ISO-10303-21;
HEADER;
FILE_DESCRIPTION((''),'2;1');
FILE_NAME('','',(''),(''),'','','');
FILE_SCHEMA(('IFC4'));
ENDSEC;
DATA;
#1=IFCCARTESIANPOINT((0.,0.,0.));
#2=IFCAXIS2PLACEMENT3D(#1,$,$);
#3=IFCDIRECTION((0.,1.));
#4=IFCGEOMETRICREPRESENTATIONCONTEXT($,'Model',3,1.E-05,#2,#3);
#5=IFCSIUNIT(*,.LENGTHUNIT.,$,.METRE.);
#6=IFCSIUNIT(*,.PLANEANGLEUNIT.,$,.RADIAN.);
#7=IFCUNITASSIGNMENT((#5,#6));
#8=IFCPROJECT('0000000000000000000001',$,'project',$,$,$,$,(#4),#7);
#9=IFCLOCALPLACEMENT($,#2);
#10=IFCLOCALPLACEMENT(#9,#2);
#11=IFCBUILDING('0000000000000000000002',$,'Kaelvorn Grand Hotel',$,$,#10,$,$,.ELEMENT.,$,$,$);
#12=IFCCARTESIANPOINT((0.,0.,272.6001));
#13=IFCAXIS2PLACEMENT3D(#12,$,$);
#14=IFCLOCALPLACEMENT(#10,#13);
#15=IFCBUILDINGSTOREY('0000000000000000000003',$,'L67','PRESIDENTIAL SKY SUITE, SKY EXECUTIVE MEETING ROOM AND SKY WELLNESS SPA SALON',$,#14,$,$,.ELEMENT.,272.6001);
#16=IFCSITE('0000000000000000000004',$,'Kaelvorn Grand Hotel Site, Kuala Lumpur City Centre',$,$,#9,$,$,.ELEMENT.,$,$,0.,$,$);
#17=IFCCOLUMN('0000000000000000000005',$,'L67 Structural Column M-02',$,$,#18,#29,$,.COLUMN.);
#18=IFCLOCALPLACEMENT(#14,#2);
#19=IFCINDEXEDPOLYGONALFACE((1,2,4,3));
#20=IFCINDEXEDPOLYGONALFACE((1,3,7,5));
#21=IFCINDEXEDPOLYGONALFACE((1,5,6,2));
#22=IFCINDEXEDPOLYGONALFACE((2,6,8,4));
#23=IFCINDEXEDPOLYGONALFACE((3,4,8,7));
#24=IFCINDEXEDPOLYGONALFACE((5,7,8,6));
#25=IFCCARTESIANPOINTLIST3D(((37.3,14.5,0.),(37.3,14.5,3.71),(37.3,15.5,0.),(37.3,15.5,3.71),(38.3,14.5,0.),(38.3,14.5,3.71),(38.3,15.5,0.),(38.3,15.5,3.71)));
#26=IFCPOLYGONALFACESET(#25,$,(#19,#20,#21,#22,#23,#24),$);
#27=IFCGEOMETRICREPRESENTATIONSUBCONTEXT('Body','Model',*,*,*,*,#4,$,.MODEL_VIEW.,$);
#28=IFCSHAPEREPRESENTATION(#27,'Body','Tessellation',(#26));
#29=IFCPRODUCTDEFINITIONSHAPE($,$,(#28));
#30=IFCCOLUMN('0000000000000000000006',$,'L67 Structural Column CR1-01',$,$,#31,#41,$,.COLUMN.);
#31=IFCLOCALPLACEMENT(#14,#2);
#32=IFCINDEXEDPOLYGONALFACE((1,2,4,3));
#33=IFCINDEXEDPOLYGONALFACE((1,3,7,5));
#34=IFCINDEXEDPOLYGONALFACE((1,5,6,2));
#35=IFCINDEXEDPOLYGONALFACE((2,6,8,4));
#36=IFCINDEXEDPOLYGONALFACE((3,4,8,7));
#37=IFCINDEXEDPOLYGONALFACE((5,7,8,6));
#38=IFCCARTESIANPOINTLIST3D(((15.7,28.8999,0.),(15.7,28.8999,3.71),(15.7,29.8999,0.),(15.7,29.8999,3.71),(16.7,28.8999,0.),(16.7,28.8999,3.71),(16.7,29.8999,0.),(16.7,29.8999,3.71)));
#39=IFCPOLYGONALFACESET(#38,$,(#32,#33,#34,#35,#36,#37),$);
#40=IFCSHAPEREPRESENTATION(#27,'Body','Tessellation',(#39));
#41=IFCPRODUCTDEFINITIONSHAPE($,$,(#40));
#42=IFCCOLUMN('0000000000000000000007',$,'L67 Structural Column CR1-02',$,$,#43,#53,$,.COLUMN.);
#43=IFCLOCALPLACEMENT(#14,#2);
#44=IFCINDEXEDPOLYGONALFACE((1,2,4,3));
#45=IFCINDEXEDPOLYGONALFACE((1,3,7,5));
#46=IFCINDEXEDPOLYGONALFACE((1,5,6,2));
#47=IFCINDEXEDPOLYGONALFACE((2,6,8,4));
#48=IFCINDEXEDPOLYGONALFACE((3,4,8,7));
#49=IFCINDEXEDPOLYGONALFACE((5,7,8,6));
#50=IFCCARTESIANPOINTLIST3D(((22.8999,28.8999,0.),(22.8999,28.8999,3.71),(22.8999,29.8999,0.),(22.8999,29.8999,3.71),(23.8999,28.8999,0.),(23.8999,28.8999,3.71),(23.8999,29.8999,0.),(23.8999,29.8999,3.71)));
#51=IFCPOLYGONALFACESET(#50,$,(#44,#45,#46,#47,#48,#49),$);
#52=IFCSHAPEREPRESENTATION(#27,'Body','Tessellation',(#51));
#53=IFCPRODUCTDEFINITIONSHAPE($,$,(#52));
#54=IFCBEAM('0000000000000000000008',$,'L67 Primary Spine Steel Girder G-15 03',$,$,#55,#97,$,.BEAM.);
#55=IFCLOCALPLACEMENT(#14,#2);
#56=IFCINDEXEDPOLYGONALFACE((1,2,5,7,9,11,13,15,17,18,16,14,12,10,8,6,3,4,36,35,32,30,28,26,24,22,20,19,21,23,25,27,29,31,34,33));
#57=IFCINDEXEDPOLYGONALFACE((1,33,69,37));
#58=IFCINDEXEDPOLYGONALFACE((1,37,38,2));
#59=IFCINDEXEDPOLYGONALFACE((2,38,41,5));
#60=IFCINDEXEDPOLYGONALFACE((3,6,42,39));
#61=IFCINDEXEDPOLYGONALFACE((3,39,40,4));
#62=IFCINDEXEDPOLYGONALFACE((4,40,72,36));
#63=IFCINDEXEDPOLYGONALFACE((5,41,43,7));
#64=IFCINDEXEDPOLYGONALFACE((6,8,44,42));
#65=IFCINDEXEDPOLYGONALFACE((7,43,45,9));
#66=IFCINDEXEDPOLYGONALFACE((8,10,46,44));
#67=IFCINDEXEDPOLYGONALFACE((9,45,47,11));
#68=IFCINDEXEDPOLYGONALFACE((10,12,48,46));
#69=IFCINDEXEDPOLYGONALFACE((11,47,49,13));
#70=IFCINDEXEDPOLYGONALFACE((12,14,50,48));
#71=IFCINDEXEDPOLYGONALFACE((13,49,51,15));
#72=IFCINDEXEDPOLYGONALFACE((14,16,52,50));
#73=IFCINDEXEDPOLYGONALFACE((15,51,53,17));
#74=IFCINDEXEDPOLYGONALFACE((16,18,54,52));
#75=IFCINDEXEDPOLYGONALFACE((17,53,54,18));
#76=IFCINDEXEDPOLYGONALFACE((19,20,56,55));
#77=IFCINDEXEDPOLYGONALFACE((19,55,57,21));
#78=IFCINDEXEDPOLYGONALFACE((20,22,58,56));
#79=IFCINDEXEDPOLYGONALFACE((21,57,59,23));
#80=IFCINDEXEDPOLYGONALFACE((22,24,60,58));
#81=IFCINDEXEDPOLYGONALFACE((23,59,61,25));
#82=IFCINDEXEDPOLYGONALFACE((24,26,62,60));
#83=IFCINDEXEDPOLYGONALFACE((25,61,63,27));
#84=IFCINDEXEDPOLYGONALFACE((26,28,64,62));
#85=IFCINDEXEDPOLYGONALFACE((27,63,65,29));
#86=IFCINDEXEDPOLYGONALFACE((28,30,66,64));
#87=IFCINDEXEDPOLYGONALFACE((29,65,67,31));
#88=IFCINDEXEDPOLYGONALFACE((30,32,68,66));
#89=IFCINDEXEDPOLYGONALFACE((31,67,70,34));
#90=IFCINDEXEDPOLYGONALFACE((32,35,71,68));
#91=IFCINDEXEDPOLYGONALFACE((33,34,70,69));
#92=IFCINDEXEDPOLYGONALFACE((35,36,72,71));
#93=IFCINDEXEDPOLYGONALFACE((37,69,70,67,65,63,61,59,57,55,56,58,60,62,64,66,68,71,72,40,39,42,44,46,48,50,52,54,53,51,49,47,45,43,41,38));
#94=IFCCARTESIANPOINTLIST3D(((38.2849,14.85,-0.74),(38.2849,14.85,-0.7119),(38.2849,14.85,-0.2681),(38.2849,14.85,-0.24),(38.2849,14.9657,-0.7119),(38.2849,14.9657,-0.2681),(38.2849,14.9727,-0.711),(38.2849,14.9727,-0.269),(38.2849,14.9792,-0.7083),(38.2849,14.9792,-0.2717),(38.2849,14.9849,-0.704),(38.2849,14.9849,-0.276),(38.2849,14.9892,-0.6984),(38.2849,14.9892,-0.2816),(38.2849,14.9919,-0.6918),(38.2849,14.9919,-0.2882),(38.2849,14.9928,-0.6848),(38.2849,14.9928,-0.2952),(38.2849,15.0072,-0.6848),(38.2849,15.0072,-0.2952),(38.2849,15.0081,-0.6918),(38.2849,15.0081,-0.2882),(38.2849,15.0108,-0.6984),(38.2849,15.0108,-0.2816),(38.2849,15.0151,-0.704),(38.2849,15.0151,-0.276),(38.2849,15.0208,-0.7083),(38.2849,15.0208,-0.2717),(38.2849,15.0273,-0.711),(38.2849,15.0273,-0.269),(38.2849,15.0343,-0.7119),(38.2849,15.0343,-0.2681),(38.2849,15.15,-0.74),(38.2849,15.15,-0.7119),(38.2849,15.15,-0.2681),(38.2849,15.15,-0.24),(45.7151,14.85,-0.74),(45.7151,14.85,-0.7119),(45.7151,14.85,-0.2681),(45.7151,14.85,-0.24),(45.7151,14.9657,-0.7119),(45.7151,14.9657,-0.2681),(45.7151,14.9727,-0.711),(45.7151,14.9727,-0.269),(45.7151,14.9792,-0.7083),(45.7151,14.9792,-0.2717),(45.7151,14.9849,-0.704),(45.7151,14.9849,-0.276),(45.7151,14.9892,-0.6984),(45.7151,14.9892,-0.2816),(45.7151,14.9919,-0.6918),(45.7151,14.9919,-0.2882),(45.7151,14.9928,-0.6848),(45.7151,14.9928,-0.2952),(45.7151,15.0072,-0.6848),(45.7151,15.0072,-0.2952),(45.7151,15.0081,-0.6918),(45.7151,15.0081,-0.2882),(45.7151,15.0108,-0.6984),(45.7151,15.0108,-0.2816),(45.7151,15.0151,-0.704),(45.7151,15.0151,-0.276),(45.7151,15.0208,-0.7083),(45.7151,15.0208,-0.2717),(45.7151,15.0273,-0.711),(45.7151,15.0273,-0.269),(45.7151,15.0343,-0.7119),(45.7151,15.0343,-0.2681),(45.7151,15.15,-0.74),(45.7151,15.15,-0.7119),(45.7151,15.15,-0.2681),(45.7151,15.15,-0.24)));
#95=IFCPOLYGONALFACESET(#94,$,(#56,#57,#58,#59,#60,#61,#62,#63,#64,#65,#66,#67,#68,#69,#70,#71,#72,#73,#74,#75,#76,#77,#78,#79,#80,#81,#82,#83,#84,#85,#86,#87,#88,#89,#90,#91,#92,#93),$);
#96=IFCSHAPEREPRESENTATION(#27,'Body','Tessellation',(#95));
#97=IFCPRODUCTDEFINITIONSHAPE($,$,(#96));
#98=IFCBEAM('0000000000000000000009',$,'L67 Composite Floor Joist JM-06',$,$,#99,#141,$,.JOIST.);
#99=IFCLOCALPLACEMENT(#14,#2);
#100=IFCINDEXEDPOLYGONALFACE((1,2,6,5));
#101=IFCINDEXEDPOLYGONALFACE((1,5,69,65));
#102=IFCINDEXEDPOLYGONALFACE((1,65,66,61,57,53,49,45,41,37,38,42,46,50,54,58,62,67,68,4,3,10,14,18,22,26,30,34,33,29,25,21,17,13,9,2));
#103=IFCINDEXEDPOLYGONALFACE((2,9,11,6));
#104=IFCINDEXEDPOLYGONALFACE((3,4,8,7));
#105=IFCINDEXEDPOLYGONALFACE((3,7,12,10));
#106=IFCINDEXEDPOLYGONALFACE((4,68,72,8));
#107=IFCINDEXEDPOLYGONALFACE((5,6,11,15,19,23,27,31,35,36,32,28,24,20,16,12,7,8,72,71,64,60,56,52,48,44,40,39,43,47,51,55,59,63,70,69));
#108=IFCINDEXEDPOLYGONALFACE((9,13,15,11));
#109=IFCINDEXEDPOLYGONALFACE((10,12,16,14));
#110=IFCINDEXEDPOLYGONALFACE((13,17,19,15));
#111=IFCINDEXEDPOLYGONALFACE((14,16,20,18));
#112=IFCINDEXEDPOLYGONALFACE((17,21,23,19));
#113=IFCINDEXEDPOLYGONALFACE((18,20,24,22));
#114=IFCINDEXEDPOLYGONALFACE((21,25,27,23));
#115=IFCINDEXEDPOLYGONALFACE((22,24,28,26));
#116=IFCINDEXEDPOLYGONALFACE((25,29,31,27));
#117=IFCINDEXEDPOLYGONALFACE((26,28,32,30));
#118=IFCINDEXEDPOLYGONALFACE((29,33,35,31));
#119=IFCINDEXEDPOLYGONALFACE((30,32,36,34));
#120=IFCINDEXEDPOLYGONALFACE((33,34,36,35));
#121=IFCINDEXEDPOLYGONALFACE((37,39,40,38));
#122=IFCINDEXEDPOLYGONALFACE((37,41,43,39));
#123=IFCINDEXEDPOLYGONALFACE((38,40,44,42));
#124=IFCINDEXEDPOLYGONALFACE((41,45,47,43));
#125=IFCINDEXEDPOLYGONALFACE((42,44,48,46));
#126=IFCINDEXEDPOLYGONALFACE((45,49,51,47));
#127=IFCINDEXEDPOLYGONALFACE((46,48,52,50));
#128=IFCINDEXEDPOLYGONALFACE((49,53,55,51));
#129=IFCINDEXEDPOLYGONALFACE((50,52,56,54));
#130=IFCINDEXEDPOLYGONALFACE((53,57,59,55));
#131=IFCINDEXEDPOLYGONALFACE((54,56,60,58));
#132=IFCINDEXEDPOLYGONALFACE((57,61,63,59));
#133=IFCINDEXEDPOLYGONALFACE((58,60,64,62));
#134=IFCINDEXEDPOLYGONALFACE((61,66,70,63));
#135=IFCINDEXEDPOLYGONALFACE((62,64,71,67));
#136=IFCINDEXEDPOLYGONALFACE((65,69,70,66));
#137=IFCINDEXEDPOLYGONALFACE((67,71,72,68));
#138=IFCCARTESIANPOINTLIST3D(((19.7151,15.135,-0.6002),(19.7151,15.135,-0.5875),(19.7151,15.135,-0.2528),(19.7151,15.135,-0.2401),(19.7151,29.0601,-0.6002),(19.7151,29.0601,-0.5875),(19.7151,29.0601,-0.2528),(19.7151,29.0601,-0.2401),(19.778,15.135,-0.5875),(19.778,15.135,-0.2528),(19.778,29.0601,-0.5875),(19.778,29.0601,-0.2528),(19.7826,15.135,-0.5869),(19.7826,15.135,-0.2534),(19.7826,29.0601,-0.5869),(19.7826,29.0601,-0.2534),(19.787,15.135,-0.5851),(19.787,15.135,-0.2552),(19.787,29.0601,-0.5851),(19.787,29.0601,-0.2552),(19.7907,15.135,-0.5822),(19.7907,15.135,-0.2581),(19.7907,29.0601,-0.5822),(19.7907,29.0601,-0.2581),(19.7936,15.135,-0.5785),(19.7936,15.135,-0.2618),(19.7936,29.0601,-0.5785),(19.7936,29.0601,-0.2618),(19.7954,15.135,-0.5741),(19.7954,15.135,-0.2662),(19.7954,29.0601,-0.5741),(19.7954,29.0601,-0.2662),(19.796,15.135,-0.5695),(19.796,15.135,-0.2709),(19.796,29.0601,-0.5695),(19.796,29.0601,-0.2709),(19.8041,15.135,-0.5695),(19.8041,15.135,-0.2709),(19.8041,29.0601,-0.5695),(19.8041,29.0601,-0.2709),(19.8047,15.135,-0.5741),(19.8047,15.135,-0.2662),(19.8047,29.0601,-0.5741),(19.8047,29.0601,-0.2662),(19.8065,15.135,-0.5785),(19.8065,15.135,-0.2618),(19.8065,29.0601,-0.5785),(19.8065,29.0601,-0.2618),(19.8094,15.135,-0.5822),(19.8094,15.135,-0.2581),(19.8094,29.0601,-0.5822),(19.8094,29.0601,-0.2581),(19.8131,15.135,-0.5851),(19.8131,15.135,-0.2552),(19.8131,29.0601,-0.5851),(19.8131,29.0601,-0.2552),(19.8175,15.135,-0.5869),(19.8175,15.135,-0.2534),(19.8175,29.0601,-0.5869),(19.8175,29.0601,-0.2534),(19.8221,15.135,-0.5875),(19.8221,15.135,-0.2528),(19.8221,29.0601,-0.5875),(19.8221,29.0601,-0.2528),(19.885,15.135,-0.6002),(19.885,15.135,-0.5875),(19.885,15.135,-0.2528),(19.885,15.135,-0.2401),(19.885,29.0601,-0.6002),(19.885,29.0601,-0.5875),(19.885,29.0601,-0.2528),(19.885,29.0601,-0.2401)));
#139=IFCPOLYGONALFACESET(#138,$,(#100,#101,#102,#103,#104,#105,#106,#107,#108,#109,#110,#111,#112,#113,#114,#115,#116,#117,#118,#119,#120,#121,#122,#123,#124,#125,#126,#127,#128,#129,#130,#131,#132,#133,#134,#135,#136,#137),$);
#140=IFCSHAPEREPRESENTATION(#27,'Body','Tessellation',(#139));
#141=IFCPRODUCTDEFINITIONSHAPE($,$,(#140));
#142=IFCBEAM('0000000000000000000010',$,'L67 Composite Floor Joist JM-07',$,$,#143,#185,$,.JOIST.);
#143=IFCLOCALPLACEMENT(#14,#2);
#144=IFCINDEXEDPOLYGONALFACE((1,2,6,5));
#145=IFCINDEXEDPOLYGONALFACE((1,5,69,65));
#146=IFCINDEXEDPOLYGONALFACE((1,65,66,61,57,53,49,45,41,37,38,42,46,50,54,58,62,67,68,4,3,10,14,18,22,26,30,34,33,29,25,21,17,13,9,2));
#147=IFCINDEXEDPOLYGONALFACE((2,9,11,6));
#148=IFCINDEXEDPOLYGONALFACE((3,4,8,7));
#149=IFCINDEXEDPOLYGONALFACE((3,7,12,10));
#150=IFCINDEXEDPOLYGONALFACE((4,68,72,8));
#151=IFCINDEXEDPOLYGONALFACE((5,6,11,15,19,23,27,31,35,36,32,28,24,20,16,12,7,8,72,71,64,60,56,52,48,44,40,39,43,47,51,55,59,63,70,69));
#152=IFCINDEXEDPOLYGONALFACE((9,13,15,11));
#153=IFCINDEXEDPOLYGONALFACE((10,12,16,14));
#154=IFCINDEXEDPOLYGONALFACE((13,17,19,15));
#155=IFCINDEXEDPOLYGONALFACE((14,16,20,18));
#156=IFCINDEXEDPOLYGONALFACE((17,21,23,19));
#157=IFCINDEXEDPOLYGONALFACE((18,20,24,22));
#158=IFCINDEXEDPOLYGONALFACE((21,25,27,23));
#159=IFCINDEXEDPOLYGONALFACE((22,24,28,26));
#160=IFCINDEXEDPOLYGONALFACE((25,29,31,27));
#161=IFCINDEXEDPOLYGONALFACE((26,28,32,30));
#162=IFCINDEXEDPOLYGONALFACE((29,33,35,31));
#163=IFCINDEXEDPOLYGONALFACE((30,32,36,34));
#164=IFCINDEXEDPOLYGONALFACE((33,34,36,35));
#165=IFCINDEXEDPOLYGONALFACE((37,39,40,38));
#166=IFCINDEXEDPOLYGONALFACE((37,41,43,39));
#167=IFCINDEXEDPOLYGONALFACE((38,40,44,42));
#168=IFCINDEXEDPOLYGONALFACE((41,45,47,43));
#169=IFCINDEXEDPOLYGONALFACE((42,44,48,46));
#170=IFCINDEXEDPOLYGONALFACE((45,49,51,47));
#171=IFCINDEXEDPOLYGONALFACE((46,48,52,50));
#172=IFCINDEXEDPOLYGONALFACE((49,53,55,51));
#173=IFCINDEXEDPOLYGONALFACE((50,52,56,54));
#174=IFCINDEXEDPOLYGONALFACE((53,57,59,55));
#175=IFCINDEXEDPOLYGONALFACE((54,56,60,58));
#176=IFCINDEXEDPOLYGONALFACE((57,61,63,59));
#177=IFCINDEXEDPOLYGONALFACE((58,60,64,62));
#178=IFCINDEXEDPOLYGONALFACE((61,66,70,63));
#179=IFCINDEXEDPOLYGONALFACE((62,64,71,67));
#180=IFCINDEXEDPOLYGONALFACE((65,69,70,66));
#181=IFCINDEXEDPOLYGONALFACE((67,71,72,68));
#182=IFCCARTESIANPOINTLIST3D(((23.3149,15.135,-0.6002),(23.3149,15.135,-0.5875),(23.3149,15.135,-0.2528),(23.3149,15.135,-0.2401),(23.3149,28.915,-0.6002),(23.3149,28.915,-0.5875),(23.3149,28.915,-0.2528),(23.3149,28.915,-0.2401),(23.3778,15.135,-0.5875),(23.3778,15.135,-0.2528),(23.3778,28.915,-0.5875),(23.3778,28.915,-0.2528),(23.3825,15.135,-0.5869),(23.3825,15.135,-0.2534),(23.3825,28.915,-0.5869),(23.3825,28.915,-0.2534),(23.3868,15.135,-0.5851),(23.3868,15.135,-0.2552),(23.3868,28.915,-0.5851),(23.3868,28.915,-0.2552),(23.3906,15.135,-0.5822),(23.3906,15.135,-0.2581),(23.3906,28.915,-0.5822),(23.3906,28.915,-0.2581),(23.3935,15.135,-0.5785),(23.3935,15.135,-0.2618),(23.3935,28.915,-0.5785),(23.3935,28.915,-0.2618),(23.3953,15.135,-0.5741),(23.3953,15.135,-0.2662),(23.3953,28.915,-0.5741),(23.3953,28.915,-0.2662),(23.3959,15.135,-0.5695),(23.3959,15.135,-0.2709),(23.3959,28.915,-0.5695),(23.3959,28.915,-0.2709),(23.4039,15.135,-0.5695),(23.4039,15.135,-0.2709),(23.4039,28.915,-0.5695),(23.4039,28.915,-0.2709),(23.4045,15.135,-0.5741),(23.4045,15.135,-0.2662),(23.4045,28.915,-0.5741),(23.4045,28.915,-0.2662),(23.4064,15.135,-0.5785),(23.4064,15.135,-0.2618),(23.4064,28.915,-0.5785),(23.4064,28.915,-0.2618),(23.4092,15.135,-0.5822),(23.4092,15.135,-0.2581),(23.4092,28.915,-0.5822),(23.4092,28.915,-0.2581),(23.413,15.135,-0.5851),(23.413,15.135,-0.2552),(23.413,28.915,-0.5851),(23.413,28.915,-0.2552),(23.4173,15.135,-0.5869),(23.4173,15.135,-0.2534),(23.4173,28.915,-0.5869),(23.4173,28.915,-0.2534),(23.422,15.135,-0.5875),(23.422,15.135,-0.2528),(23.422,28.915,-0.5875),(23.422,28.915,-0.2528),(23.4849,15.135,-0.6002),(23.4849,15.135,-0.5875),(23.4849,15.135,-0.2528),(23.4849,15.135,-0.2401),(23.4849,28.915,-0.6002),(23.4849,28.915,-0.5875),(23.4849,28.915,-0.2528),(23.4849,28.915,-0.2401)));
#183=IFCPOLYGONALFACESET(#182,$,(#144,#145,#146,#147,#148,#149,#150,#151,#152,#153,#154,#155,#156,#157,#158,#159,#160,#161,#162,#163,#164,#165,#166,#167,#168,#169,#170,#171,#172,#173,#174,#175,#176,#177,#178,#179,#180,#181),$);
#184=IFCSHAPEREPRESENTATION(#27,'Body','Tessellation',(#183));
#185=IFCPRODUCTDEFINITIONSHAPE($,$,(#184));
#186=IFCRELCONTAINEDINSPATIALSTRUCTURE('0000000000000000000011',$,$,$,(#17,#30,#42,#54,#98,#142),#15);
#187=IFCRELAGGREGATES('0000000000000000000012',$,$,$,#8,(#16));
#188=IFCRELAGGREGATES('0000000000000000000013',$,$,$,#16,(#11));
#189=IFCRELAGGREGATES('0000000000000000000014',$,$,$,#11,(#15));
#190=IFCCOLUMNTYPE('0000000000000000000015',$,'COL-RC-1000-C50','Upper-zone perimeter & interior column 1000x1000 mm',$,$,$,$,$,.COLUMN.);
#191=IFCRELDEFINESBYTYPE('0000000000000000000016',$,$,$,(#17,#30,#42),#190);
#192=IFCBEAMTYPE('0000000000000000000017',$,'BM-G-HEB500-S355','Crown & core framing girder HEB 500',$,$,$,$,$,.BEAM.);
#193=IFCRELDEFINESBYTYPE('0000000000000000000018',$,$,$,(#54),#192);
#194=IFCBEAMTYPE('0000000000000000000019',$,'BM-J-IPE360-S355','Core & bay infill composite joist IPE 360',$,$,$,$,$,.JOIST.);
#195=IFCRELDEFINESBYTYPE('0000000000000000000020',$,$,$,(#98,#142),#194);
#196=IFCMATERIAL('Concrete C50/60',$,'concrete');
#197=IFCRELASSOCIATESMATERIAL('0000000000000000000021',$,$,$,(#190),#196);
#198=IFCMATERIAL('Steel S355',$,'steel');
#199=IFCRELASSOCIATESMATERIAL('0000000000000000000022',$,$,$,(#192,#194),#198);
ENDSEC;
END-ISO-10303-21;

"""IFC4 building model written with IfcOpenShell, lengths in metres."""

from ifc_helpers import new_model, si_unit, direction, frame, origin, origin_2d, place, context, subcontext, project, spatial, rectangle, i_section, extrude, material, material_profile, profile_set, type_object, element, save


model = new_model("IFC4")

# Units and contexts
model_context = context("Model", 3, precision=1e-05, world=origin(), true_north=direction((0.0, 1.0)))
body_context = subcontext(model_context, "Body", "Model", "MODEL_VIEW")
ifc_project = project(units=[si_unit("LENGTHUNIT", "METRE"), si_unit("PLANEANGLEUNIT", "RADIAN")], contexts=[model_context])

# Site, building, storey
site_placement = place(None, origin())
site = spatial("IfcSite", under=ifc_project, at=site_placement, Name="Kaelvorn Grand Hotel Site, Kuala Lumpur City Centre", CompositionType="ELEMENT", RefElevation=0.0)
building_placement = place(site_placement, origin())
building = spatial("IfcBuilding", under=site, at=building_placement, Name="Kaelvorn Grand Hotel", CompositionType="ELEMENT")
storey_placement = place(building_placement, frame((0.0, 0.0, 272.6001)))
storey = spatial("IfcBuildingStorey", under=building, at=storey_placement, Name="L67", Description="PRESIDENTIAL SKY SUITE, SKY EXECUTIVE MEETING ROOM AND SKY WELLNESS SPA SALON", CompositionType="ELEMENT", Elevation=272.6001)

# Columns
ifc_material_1 = material(Name="Concrete C50/60", Category="concrete")
ifc_material_profile_1 = material_profile(ifc_material_1, rectangle(XDim=1.0, YDim=1.0, at=origin_2d()), Name="RC COL 1000x1000")
ifc_profile_set_1 = profile_set([ifc_material_profile_1], Name="Concrete C50/60")
column_type = type_object("IfcColumnType", Name="COL-RC-1000-C50", Description="Upper-zone perimeter & interior column 1000x1000 mm", PredefinedType="COLUMN", material=ifc_profile_set_1)
for number, where, z_axis, x_axis, name in (
    (1, (37.8, 15.0, 0.0), (0.0, 0.0, 1.0), (1.0, 0.0, 0.0), "L67 Structural Column M-02"),
    (2, (16.2, 29.3999, 0.0), (0.0, 0.0, 1.0), (1.0, 0.0, 0.0), "L67 Structural Column CR1-01"),
    (3, (23.3999, 29.3999, 0.0), (0.0, 0.0, 1.0), (1.0, 0.0, 0.0), "L67 Structural Column CR1-02"),
):
    element("IfcColumn", number, at=place(storey_placement, frame(where, z_axis=z_axis, x_axis=x_axis)), inside=storey, type_object=column_type, Name=name, PredefinedType="COLUMN", context=body_context, shape_type="SweptSolid", body=[
        extrude(rectangle(XDim=1.0, YDim=1.0, at=origin_2d()), origin(), (0.0, 0.0, 1.0), 3.71),
    ])

# Beams
ifc_material_2 = material(Name="Steel S355", Category="steel")
ifc_material_profile_2 = material_profile(ifc_material_2, i_section(OverallWidth=0.3, OverallDepth=0.5, WebThickness=0.0144, FlangeThickness=0.0281, FilletRadius=0.0271, at=origin_2d()), Name="HEB 500")
ifc_profile_set_2 = profile_set([ifc_material_profile_2], Name="Steel S355")
beam_type_1 = type_object("IfcBeamType", Name="BM-G-HEB500-S355", Description="Crown & core framing girder HEB 500", PredefinedType="BEAM", material=ifc_profile_set_2)
beam_1_placement = place(storey_placement, frame((38.2849, 15.0, -0.49), z_axis=(1.0, 0.0, 0.0), x_axis=(0.0, 1.0, 0.0)))
element("IfcBeam", 4, at=beam_1_placement, inside=storey, type_object=beam_type_1, Name="L67 Primary Spine Steel Girder G-15 03", PredefinedType="BEAM", context=body_context, shape_type="SweptSolid", body=[
    extrude(i_section(OverallWidth=0.3, OverallDepth=0.5, WebThickness=0.0144, FlangeThickness=0.0281, FilletRadius=0.0271, at=origin_2d()), origin(), (0.0, 0.0, 1.0), 7.4302),
])
ifc_material_profile_3 = material_profile(ifc_material_2, i_section(OverallWidth=0.1699, OverallDepth=0.3601, WebThickness=0.0081, FlangeThickness=0.0127, FilletRadius=0.0181, at=origin_2d()), Name="IPE 360")
ifc_profile_set_3 = profile_set([ifc_material_profile_3], Name="Steel S355")
beam_type_2 = type_object("IfcBeamType", Name="BM-J-IPE360-S355", Description="Core & bay infill composite joist IPE 360", PredefinedType="JOIST", material=ifc_profile_set_3)
beam_2_placement = place(storey_placement, frame((19.8, 15.135, -0.4202), z_axis=(0.0, 1.0, 0.0), x_axis=(-1.0, 0.0, 0.0)))
element("IfcBeam", 5, at=beam_2_placement, inside=storey, type_object=beam_type_2, Name="L67 Composite Floor Joist JM-06", PredefinedType="JOIST", context=body_context, shape_type="SweptSolid", body=[
    extrude(i_section(OverallWidth=0.1699, OverallDepth=0.3601, WebThickness=0.0081, FlangeThickness=0.0127, FilletRadius=0.0181, at=origin_2d()), origin(), (0.0, 0.0, 1.0), 13.925),
])
beam_3_placement = place(storey_placement, frame((23.3999, 15.135, -0.4202), z_axis=(0.0, 1.0, 0.0), x_axis=(-1.0, 0.0, 0.0)))
element("IfcBeam", 6, at=beam_3_placement, inside=storey, type_object=beam_type_2, Name="L67 Composite Floor Joist JM-07", PredefinedType="JOIST", context=body_context, shape_type="SweptSolid", body=[
    extrude(i_section(OverallWidth=0.1699, OverallDepth=0.3601, WebThickness=0.0081, FlangeThickness=0.0127, FilletRadius=0.0181, at=origin_2d()), origin(), (0.0, 0.0, 1.0), 13.78),
])

save(model, "model.ifc")
